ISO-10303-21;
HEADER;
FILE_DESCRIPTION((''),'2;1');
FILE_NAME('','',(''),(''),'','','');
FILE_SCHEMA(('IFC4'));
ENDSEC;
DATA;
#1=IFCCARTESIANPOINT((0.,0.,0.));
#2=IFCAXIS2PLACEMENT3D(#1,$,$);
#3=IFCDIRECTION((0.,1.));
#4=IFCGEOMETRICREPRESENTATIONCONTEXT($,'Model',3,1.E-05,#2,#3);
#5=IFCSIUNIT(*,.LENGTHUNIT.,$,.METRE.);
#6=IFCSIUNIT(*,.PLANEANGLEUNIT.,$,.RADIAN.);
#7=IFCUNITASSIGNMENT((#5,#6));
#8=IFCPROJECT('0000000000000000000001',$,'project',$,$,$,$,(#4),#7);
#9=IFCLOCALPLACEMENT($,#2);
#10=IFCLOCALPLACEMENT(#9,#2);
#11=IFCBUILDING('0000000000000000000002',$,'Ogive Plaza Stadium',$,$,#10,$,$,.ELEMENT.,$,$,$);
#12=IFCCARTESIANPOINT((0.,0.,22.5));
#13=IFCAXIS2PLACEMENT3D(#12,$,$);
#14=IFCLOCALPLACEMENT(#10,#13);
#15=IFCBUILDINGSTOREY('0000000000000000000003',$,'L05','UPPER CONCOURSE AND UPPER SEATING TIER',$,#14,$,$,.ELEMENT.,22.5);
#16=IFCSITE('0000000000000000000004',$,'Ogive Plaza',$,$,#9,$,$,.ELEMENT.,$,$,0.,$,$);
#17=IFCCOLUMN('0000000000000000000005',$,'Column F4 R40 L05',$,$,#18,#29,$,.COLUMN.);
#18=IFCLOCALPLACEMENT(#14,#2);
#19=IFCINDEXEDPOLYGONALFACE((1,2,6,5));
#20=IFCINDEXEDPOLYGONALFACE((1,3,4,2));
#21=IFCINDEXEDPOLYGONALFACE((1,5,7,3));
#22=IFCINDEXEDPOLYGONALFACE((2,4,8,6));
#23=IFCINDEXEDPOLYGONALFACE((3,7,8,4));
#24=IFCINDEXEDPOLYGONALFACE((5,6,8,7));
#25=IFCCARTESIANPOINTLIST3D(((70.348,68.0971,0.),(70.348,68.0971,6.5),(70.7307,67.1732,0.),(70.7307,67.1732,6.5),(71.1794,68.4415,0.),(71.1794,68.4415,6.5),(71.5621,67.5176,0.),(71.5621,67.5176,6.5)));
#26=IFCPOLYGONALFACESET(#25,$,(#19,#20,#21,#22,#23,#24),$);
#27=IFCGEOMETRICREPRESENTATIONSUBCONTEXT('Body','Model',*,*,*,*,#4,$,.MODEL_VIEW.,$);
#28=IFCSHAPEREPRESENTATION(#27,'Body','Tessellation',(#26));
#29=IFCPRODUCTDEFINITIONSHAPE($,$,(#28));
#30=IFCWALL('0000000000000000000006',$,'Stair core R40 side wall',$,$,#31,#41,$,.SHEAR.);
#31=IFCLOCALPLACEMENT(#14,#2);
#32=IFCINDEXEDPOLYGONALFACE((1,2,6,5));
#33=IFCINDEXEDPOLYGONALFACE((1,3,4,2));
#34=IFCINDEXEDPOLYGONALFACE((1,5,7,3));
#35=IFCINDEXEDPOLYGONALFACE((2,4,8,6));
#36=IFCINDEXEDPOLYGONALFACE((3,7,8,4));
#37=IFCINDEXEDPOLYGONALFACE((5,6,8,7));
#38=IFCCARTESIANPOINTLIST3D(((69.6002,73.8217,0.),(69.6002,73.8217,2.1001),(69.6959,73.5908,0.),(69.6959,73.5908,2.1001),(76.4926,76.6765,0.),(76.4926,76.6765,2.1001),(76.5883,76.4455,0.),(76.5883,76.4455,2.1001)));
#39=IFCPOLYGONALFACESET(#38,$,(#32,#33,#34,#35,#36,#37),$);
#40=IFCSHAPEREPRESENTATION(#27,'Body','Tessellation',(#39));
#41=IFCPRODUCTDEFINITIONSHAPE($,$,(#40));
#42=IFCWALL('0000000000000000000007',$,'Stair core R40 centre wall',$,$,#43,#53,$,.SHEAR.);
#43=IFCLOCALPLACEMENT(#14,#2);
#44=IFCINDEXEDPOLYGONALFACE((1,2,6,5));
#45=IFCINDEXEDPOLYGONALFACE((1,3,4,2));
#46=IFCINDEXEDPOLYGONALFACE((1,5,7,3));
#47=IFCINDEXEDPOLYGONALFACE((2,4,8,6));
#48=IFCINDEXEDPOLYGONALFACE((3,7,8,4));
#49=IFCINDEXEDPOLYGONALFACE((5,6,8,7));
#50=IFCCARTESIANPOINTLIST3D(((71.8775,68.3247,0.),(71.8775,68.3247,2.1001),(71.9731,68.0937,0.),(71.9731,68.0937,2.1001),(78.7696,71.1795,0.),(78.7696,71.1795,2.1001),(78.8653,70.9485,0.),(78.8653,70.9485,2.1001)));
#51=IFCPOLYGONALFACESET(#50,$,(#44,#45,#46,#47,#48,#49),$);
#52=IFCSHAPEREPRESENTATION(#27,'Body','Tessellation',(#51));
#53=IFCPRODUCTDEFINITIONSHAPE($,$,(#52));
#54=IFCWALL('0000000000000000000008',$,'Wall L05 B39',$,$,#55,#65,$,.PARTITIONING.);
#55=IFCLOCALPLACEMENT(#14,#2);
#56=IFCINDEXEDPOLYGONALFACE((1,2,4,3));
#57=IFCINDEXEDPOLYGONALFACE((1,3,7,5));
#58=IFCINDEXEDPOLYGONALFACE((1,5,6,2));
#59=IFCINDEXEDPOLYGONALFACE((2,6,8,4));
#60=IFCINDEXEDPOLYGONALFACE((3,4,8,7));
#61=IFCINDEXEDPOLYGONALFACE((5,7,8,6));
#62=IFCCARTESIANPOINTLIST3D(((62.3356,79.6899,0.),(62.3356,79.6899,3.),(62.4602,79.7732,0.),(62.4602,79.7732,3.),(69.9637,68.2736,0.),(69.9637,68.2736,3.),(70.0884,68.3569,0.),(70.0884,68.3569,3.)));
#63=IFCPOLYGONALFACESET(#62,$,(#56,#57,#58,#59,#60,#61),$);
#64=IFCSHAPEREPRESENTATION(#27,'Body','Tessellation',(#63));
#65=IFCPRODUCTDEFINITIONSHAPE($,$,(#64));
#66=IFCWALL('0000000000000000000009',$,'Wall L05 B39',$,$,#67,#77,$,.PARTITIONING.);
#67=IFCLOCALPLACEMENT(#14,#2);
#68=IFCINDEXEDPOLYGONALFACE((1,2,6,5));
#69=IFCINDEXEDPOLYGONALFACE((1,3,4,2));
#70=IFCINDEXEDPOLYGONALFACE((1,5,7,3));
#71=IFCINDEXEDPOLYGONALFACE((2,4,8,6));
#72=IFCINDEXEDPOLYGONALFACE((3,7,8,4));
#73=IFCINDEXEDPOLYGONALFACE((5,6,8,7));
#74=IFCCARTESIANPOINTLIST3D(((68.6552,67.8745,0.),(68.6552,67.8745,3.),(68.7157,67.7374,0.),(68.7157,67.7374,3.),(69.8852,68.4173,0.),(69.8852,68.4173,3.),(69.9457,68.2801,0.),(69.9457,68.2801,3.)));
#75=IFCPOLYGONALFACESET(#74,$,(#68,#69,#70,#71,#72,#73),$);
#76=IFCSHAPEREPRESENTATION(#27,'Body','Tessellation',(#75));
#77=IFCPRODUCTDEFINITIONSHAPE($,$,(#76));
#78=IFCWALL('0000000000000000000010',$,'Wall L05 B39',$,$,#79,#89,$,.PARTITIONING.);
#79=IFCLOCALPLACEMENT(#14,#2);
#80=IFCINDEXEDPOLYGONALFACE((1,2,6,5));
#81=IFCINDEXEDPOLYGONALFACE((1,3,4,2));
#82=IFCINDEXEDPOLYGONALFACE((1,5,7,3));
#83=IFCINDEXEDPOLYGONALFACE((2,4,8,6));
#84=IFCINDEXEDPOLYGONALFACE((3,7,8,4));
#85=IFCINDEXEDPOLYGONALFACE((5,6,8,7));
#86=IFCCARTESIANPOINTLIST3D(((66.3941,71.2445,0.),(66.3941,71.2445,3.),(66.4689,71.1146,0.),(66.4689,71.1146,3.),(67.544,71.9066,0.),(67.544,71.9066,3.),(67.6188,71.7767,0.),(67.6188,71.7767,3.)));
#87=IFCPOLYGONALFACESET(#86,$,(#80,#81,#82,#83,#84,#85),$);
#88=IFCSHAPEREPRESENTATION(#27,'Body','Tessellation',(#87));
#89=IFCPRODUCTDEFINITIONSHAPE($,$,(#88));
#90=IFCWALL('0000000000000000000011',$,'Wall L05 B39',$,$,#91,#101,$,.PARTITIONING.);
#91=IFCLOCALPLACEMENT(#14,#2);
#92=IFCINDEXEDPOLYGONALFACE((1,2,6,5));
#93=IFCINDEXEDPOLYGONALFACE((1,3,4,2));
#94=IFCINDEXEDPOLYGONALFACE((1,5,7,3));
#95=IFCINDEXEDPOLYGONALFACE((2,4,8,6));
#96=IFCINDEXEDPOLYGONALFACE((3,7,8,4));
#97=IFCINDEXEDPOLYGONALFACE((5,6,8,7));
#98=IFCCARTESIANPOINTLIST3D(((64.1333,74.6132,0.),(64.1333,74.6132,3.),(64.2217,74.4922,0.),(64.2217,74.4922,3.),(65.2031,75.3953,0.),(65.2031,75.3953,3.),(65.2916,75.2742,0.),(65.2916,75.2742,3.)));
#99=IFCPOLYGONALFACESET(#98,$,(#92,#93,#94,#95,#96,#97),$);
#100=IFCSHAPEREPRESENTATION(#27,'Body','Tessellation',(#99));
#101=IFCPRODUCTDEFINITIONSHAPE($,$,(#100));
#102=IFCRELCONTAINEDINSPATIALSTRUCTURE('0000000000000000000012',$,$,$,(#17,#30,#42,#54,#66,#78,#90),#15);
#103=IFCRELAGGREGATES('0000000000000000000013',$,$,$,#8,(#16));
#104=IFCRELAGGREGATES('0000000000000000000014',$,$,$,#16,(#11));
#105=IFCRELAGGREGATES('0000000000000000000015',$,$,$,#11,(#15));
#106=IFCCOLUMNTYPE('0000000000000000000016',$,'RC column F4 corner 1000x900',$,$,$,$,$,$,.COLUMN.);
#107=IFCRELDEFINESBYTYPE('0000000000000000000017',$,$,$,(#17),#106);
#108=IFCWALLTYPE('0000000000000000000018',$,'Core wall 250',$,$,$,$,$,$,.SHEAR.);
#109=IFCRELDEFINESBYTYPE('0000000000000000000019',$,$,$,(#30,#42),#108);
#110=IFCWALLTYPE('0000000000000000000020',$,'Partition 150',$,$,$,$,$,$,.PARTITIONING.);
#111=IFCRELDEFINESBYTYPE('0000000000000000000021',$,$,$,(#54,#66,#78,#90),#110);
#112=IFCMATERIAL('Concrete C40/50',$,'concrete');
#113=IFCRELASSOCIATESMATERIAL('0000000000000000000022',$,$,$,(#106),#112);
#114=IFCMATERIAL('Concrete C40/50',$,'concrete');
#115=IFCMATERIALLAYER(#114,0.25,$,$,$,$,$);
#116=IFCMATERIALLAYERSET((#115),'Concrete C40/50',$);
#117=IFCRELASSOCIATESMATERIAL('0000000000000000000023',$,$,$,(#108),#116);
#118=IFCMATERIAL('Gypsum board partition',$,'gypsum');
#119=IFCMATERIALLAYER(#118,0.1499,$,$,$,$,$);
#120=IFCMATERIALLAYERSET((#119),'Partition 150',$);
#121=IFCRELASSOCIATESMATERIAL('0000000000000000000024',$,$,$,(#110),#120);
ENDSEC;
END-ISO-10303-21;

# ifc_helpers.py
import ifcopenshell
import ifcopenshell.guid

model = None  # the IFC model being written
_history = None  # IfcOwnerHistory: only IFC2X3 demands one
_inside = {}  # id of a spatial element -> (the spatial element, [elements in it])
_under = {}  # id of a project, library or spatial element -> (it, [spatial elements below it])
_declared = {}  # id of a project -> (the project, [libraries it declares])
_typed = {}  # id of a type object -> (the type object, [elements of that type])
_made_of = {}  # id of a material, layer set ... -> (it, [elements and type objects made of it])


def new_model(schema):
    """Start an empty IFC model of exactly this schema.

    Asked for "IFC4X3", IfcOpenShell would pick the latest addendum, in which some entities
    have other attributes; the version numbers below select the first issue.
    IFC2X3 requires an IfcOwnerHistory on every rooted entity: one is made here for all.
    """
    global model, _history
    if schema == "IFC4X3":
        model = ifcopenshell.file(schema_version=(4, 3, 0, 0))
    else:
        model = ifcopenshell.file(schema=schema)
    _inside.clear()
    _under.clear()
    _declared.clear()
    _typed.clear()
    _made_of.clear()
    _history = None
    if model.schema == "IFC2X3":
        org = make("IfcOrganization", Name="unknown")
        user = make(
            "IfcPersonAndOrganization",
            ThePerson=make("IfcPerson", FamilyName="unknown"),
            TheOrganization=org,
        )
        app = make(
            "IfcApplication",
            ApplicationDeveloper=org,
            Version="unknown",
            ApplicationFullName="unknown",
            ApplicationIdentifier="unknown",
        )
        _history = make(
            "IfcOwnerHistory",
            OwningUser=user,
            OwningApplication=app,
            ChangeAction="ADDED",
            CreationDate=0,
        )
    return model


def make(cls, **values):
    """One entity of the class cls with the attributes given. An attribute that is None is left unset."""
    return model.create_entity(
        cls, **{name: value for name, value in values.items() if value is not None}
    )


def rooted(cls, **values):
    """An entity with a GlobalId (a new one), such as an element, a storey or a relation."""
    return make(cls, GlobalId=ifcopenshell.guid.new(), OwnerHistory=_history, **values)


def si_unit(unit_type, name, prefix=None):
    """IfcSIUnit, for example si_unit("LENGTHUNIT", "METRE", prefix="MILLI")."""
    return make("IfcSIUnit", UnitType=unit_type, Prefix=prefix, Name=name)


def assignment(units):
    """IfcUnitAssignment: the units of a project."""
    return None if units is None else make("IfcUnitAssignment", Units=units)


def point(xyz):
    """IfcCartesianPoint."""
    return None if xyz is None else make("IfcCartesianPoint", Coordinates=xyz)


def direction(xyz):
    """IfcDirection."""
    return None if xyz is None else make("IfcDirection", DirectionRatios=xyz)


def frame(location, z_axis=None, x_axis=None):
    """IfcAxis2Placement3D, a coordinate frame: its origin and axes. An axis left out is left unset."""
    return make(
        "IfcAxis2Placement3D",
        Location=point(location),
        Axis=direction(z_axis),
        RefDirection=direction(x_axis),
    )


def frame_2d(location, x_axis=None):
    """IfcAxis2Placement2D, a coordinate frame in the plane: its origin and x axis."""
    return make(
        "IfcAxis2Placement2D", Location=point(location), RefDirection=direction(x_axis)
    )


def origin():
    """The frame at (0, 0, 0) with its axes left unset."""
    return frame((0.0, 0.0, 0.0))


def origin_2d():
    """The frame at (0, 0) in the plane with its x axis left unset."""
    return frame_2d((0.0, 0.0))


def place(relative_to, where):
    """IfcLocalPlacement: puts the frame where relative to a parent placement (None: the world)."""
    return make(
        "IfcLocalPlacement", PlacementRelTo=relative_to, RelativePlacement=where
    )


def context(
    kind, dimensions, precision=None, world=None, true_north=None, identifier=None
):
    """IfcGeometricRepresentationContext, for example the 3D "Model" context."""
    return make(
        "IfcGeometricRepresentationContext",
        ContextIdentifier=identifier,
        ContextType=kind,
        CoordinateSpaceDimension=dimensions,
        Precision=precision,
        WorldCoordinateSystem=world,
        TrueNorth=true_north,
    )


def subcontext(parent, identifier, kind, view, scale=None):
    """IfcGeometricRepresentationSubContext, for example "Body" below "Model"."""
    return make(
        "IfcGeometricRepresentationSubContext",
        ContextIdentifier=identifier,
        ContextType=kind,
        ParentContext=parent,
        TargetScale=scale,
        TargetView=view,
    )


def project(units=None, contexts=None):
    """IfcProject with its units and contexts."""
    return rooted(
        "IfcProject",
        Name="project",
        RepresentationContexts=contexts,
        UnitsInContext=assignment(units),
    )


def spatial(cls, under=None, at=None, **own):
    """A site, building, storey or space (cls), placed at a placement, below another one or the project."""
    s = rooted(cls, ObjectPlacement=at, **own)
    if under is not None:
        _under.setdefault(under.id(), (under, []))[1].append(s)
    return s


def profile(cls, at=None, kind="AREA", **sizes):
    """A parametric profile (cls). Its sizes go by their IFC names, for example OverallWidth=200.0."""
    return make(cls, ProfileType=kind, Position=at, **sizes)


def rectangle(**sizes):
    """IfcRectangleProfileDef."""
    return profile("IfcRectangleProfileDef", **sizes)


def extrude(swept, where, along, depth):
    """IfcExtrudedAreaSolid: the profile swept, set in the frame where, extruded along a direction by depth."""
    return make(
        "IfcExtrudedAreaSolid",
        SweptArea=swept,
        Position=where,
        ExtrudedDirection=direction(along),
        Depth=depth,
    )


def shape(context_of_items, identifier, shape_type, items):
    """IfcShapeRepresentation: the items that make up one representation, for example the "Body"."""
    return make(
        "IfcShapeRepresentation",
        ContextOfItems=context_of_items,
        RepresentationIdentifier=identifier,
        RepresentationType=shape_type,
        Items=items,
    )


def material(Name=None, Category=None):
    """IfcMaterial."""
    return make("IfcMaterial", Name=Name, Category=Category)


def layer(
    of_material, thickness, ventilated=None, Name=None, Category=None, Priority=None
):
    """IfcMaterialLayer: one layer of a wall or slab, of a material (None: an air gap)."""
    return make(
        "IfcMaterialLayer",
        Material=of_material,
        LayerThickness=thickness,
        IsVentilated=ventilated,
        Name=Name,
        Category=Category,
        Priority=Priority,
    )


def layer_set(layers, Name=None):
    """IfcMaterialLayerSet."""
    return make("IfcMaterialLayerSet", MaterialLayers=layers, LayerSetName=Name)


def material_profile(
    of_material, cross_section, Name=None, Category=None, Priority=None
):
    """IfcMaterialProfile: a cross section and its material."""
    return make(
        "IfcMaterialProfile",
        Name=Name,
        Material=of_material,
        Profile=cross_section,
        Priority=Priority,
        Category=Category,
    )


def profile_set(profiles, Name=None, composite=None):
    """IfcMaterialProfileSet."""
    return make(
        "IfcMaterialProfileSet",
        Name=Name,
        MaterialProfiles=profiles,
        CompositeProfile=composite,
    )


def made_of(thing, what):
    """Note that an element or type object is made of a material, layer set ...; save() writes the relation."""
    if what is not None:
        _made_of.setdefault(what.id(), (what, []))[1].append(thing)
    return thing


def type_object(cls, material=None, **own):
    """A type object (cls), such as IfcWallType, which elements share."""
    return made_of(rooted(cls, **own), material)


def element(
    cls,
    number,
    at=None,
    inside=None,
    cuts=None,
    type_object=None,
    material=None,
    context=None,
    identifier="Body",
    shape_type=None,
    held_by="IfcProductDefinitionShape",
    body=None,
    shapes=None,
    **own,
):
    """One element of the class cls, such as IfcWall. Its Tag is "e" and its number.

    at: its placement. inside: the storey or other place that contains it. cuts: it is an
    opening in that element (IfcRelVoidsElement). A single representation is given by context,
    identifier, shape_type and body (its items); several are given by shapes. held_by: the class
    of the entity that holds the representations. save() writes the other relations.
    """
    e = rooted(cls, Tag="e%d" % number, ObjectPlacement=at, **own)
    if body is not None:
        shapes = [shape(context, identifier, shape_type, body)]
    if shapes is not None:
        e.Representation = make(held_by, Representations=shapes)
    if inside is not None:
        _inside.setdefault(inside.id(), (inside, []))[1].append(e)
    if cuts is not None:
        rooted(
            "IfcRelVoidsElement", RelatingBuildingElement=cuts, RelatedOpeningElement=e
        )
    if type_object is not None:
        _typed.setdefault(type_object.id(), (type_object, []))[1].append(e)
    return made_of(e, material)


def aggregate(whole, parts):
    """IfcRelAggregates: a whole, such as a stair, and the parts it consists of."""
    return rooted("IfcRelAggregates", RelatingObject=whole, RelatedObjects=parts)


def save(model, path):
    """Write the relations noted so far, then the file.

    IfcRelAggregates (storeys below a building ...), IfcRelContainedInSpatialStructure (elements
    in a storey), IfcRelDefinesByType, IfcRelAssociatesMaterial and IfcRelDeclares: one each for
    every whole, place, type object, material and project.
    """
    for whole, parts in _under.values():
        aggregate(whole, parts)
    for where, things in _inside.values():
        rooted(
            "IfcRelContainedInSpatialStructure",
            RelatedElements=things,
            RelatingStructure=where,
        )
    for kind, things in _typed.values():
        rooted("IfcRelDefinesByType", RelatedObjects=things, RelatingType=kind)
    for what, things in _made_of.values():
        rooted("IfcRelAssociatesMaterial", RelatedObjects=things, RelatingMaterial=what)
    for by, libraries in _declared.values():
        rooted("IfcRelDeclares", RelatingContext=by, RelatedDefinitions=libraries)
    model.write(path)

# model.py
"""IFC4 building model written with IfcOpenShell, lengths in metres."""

from ifc_helpers import new_model, si_unit, direction, frame, frame_2d, origin, origin_2d, place, context, subcontext, project, spatial, rectangle, extrude, material, layer, layer_set, material_profile, profile_set, type_object, element, save


model = new_model("IFC4")

# Units and contexts
model_context = context("Model", 3, precision=1e-05, world=origin(), true_north=direction((0.0, 1.0)))
body_context = subcontext(model_context, "Body", "Model", "MODEL_VIEW")
ifc_project = project(units=[si_unit("LENGTHUNIT", "METRE"), si_unit("PLANEANGLEUNIT", "RADIAN")], contexts=[model_context])

# Site, building, storey
site_placement = place(None, origin())
site = spatial("IfcSite", under=ifc_project, at=site_placement, Name="Ogive Plaza", CompositionType="ELEMENT", RefElevation=0.0)
building_placement = place(site_placement, origin())
building = spatial("IfcBuilding", under=site, at=building_placement, Name="Ogive Plaza Stadium", CompositionType="ELEMENT")
storey_placement = place(building_placement, frame((0.0, 0.0, 22.5)))
storey = spatial("IfcBuildingStorey", under=building, at=storey_placement, Name="L05", Description="UPPER CONCOURSE AND UPPER SEATING TIER", CompositionType="ELEMENT", Elevation=22.5)

# Column
ifc_material_1 = material(Name="Concrete C40/50", Category="concrete")
ifc_material_profile = material_profile(ifc_material_1, rectangle(XDim=1.0, YDim=0.8999, at=origin_2d()), Name="RC 1000x900")
ifc_profile_set = profile_set([ifc_material_profile], Name="Concrete C40/50")
column_type = type_object("IfcColumnType", Name="RC column F4 corner 1000x900", PredefinedType="COLUMN", material=ifc_profile_set)
column_placement = place(storey_placement, frame((70.9551, 67.8074, 0.0), z_axis=(0.0, 0.0, 1.0), x_axis=(-0.382683, 0.92388, 0.0)))
element("IfcColumn", 1, at=column_placement, inside=storey, type_object=column_type, Name="Column F4 R40 L05", PredefinedType="COLUMN", context=body_context, shape_type="SweptSolid", body=[
    extrude(rectangle(XDim=1.0, YDim=0.8999, at=origin_2d()), origin(), (0.0, 0.0, 1.0), 6.5),
])

# Walls
ifc_material_2 = material(Name="Concrete C40/50", Category="concrete")
ifc_layer_1 = layer(ifc_material_2, 0.25)
ifc_layer_set_1 = layer_set([ifc_layer_1], Name="Concrete C40/50")
wall_type_1 = type_object("IfcWallType", Name="Core wall 250", PredefinedType="SHEAR", material=ifc_layer_set_1)
wall_1_placement = place(storey_placement, frame((69.6482, 73.7063, 0.0), z_axis=(0.0, 0.0, 1.0), x_axis=(0.923887, 0.382665, 0.0)))
element("IfcWall", 2, at=wall_1_placement, inside=storey, type_object=wall_type_1, Name="Stair core R40 side wall", PredefinedType="SHEAR", context=body_context, shape_type="SweptSolid", body=[
    extrude(rectangle(XDim=7.4602, YDim=0.25, at=frame_2d((3.73, 0.0))), origin(), (0.0, 0.0, 1.0), 2.1001),
])
wall_2_placement = place(storey_placement, frame((71.9253, 68.2092, 0.0), z_axis=(0.0, 0.0, 1.0), x_axis=(0.923882, 0.382676, 0.0)))
element("IfcWall", 3, at=wall_2_placement, inside=storey, type_object=wall_type_1, Name="Stair core R40 centre wall", PredefinedType="SHEAR", context=body_context, shape_type="SweptSolid", body=[
    extrude(rectangle(XDim=7.46, YDim=0.25, at=frame_2d((3.73, 0.0))), origin(), (0.0, 0.0, 1.0), 2.1001),
])
ifc_material_3 = material(Name="Gypsum board partition", Category="gypsum")
ifc_layer_2 = layer(ifc_material_3, 0.1499)
ifc_layer_set_2 = layer_set([ifc_layer_2], Name="Partition 150")
wall_type_2 = type_object("IfcWallType", Name="Partition 150", PredefinedType="PARTITIONING", material=ifc_layer_set_2)
wall_3_placement = place(storey_placement, frame((70.0261, 68.3152, 0.0), z_axis=(0.0, 0.0, 1.0), x_axis=(-0.555574, 0.831467, 0.0)))
element("IfcWall", 4, at=wall_3_placement, inside=storey, type_object=wall_type_2, Name="Wall L05 B39", PredefinedType="PARTITIONING", context=body_context, shape_type="SweptSolid", body=[
    extrude(rectangle(XDim=13.7302, YDim=0.1499, at=frame_2d((6.8652, 0.0))), origin(), (0.0, 0.0, 1.0), 3.0),
])
wall_4_placement = place(storey_placement, frame((68.6853, 67.8059, 0.0), z_axis=(0.0, 0.0, 1.0), x_axis=(0.914894, 0.403694, 0.0)))
element("IfcWall", 5, at=wall_4_placement, inside=storey, type_object=wall_type_2, Name="Wall L05 B39", PredefinedType="PARTITIONING", context=body_context, shape_type="SweptSolid", body=[
    extrude(rectangle(XDim=1.3445, YDim=0.1499, at=frame_2d((0.6724, 0.0))), origin(), (0.0, 0.0, 1.0), 3.0),
])
wall_5_placement = place(storey_placement, frame((66.4314, 71.1794, 0.0), z_axis=(0.0, 0.0, 1.0), x_axis=(0.866608, 0.49899, 0.0)))
element("IfcWall", 6, at=wall_5_placement, inside=storey, type_object=wall_type_2, Name="Wall L05 B39", PredefinedType="PARTITIONING", context=body_context, shape_type="SweptSolid", body=[
    extrude(rectangle(XDim=1.3269, YDim=0.1499, at=frame_2d((0.6636, 0.0))), origin(), (0.0, 0.0, 1.0), 3.0),
])
wall_6_placement = place(storey_placement, frame((64.1775, 74.5527, 0.0), z_axis=(0.0, 0.0, 1.0), x_axis=(0.807324, 0.590109, 0.0)))
element("IfcWall", 7, at=wall_6_placement, inside=storey, type_object=wall_type_2, Name="Wall L05 B39", PredefinedType="PARTITIONING", context=body_context, shape_type="SweptSolid", body=[
    extrude(rectangle(XDim=1.3252, YDim=0.1499, at=frame_2d((0.6626, 0.0))), origin(), (0.0, 0.0, 1.0), 3.0),
])

save(model, "model.ifc")
